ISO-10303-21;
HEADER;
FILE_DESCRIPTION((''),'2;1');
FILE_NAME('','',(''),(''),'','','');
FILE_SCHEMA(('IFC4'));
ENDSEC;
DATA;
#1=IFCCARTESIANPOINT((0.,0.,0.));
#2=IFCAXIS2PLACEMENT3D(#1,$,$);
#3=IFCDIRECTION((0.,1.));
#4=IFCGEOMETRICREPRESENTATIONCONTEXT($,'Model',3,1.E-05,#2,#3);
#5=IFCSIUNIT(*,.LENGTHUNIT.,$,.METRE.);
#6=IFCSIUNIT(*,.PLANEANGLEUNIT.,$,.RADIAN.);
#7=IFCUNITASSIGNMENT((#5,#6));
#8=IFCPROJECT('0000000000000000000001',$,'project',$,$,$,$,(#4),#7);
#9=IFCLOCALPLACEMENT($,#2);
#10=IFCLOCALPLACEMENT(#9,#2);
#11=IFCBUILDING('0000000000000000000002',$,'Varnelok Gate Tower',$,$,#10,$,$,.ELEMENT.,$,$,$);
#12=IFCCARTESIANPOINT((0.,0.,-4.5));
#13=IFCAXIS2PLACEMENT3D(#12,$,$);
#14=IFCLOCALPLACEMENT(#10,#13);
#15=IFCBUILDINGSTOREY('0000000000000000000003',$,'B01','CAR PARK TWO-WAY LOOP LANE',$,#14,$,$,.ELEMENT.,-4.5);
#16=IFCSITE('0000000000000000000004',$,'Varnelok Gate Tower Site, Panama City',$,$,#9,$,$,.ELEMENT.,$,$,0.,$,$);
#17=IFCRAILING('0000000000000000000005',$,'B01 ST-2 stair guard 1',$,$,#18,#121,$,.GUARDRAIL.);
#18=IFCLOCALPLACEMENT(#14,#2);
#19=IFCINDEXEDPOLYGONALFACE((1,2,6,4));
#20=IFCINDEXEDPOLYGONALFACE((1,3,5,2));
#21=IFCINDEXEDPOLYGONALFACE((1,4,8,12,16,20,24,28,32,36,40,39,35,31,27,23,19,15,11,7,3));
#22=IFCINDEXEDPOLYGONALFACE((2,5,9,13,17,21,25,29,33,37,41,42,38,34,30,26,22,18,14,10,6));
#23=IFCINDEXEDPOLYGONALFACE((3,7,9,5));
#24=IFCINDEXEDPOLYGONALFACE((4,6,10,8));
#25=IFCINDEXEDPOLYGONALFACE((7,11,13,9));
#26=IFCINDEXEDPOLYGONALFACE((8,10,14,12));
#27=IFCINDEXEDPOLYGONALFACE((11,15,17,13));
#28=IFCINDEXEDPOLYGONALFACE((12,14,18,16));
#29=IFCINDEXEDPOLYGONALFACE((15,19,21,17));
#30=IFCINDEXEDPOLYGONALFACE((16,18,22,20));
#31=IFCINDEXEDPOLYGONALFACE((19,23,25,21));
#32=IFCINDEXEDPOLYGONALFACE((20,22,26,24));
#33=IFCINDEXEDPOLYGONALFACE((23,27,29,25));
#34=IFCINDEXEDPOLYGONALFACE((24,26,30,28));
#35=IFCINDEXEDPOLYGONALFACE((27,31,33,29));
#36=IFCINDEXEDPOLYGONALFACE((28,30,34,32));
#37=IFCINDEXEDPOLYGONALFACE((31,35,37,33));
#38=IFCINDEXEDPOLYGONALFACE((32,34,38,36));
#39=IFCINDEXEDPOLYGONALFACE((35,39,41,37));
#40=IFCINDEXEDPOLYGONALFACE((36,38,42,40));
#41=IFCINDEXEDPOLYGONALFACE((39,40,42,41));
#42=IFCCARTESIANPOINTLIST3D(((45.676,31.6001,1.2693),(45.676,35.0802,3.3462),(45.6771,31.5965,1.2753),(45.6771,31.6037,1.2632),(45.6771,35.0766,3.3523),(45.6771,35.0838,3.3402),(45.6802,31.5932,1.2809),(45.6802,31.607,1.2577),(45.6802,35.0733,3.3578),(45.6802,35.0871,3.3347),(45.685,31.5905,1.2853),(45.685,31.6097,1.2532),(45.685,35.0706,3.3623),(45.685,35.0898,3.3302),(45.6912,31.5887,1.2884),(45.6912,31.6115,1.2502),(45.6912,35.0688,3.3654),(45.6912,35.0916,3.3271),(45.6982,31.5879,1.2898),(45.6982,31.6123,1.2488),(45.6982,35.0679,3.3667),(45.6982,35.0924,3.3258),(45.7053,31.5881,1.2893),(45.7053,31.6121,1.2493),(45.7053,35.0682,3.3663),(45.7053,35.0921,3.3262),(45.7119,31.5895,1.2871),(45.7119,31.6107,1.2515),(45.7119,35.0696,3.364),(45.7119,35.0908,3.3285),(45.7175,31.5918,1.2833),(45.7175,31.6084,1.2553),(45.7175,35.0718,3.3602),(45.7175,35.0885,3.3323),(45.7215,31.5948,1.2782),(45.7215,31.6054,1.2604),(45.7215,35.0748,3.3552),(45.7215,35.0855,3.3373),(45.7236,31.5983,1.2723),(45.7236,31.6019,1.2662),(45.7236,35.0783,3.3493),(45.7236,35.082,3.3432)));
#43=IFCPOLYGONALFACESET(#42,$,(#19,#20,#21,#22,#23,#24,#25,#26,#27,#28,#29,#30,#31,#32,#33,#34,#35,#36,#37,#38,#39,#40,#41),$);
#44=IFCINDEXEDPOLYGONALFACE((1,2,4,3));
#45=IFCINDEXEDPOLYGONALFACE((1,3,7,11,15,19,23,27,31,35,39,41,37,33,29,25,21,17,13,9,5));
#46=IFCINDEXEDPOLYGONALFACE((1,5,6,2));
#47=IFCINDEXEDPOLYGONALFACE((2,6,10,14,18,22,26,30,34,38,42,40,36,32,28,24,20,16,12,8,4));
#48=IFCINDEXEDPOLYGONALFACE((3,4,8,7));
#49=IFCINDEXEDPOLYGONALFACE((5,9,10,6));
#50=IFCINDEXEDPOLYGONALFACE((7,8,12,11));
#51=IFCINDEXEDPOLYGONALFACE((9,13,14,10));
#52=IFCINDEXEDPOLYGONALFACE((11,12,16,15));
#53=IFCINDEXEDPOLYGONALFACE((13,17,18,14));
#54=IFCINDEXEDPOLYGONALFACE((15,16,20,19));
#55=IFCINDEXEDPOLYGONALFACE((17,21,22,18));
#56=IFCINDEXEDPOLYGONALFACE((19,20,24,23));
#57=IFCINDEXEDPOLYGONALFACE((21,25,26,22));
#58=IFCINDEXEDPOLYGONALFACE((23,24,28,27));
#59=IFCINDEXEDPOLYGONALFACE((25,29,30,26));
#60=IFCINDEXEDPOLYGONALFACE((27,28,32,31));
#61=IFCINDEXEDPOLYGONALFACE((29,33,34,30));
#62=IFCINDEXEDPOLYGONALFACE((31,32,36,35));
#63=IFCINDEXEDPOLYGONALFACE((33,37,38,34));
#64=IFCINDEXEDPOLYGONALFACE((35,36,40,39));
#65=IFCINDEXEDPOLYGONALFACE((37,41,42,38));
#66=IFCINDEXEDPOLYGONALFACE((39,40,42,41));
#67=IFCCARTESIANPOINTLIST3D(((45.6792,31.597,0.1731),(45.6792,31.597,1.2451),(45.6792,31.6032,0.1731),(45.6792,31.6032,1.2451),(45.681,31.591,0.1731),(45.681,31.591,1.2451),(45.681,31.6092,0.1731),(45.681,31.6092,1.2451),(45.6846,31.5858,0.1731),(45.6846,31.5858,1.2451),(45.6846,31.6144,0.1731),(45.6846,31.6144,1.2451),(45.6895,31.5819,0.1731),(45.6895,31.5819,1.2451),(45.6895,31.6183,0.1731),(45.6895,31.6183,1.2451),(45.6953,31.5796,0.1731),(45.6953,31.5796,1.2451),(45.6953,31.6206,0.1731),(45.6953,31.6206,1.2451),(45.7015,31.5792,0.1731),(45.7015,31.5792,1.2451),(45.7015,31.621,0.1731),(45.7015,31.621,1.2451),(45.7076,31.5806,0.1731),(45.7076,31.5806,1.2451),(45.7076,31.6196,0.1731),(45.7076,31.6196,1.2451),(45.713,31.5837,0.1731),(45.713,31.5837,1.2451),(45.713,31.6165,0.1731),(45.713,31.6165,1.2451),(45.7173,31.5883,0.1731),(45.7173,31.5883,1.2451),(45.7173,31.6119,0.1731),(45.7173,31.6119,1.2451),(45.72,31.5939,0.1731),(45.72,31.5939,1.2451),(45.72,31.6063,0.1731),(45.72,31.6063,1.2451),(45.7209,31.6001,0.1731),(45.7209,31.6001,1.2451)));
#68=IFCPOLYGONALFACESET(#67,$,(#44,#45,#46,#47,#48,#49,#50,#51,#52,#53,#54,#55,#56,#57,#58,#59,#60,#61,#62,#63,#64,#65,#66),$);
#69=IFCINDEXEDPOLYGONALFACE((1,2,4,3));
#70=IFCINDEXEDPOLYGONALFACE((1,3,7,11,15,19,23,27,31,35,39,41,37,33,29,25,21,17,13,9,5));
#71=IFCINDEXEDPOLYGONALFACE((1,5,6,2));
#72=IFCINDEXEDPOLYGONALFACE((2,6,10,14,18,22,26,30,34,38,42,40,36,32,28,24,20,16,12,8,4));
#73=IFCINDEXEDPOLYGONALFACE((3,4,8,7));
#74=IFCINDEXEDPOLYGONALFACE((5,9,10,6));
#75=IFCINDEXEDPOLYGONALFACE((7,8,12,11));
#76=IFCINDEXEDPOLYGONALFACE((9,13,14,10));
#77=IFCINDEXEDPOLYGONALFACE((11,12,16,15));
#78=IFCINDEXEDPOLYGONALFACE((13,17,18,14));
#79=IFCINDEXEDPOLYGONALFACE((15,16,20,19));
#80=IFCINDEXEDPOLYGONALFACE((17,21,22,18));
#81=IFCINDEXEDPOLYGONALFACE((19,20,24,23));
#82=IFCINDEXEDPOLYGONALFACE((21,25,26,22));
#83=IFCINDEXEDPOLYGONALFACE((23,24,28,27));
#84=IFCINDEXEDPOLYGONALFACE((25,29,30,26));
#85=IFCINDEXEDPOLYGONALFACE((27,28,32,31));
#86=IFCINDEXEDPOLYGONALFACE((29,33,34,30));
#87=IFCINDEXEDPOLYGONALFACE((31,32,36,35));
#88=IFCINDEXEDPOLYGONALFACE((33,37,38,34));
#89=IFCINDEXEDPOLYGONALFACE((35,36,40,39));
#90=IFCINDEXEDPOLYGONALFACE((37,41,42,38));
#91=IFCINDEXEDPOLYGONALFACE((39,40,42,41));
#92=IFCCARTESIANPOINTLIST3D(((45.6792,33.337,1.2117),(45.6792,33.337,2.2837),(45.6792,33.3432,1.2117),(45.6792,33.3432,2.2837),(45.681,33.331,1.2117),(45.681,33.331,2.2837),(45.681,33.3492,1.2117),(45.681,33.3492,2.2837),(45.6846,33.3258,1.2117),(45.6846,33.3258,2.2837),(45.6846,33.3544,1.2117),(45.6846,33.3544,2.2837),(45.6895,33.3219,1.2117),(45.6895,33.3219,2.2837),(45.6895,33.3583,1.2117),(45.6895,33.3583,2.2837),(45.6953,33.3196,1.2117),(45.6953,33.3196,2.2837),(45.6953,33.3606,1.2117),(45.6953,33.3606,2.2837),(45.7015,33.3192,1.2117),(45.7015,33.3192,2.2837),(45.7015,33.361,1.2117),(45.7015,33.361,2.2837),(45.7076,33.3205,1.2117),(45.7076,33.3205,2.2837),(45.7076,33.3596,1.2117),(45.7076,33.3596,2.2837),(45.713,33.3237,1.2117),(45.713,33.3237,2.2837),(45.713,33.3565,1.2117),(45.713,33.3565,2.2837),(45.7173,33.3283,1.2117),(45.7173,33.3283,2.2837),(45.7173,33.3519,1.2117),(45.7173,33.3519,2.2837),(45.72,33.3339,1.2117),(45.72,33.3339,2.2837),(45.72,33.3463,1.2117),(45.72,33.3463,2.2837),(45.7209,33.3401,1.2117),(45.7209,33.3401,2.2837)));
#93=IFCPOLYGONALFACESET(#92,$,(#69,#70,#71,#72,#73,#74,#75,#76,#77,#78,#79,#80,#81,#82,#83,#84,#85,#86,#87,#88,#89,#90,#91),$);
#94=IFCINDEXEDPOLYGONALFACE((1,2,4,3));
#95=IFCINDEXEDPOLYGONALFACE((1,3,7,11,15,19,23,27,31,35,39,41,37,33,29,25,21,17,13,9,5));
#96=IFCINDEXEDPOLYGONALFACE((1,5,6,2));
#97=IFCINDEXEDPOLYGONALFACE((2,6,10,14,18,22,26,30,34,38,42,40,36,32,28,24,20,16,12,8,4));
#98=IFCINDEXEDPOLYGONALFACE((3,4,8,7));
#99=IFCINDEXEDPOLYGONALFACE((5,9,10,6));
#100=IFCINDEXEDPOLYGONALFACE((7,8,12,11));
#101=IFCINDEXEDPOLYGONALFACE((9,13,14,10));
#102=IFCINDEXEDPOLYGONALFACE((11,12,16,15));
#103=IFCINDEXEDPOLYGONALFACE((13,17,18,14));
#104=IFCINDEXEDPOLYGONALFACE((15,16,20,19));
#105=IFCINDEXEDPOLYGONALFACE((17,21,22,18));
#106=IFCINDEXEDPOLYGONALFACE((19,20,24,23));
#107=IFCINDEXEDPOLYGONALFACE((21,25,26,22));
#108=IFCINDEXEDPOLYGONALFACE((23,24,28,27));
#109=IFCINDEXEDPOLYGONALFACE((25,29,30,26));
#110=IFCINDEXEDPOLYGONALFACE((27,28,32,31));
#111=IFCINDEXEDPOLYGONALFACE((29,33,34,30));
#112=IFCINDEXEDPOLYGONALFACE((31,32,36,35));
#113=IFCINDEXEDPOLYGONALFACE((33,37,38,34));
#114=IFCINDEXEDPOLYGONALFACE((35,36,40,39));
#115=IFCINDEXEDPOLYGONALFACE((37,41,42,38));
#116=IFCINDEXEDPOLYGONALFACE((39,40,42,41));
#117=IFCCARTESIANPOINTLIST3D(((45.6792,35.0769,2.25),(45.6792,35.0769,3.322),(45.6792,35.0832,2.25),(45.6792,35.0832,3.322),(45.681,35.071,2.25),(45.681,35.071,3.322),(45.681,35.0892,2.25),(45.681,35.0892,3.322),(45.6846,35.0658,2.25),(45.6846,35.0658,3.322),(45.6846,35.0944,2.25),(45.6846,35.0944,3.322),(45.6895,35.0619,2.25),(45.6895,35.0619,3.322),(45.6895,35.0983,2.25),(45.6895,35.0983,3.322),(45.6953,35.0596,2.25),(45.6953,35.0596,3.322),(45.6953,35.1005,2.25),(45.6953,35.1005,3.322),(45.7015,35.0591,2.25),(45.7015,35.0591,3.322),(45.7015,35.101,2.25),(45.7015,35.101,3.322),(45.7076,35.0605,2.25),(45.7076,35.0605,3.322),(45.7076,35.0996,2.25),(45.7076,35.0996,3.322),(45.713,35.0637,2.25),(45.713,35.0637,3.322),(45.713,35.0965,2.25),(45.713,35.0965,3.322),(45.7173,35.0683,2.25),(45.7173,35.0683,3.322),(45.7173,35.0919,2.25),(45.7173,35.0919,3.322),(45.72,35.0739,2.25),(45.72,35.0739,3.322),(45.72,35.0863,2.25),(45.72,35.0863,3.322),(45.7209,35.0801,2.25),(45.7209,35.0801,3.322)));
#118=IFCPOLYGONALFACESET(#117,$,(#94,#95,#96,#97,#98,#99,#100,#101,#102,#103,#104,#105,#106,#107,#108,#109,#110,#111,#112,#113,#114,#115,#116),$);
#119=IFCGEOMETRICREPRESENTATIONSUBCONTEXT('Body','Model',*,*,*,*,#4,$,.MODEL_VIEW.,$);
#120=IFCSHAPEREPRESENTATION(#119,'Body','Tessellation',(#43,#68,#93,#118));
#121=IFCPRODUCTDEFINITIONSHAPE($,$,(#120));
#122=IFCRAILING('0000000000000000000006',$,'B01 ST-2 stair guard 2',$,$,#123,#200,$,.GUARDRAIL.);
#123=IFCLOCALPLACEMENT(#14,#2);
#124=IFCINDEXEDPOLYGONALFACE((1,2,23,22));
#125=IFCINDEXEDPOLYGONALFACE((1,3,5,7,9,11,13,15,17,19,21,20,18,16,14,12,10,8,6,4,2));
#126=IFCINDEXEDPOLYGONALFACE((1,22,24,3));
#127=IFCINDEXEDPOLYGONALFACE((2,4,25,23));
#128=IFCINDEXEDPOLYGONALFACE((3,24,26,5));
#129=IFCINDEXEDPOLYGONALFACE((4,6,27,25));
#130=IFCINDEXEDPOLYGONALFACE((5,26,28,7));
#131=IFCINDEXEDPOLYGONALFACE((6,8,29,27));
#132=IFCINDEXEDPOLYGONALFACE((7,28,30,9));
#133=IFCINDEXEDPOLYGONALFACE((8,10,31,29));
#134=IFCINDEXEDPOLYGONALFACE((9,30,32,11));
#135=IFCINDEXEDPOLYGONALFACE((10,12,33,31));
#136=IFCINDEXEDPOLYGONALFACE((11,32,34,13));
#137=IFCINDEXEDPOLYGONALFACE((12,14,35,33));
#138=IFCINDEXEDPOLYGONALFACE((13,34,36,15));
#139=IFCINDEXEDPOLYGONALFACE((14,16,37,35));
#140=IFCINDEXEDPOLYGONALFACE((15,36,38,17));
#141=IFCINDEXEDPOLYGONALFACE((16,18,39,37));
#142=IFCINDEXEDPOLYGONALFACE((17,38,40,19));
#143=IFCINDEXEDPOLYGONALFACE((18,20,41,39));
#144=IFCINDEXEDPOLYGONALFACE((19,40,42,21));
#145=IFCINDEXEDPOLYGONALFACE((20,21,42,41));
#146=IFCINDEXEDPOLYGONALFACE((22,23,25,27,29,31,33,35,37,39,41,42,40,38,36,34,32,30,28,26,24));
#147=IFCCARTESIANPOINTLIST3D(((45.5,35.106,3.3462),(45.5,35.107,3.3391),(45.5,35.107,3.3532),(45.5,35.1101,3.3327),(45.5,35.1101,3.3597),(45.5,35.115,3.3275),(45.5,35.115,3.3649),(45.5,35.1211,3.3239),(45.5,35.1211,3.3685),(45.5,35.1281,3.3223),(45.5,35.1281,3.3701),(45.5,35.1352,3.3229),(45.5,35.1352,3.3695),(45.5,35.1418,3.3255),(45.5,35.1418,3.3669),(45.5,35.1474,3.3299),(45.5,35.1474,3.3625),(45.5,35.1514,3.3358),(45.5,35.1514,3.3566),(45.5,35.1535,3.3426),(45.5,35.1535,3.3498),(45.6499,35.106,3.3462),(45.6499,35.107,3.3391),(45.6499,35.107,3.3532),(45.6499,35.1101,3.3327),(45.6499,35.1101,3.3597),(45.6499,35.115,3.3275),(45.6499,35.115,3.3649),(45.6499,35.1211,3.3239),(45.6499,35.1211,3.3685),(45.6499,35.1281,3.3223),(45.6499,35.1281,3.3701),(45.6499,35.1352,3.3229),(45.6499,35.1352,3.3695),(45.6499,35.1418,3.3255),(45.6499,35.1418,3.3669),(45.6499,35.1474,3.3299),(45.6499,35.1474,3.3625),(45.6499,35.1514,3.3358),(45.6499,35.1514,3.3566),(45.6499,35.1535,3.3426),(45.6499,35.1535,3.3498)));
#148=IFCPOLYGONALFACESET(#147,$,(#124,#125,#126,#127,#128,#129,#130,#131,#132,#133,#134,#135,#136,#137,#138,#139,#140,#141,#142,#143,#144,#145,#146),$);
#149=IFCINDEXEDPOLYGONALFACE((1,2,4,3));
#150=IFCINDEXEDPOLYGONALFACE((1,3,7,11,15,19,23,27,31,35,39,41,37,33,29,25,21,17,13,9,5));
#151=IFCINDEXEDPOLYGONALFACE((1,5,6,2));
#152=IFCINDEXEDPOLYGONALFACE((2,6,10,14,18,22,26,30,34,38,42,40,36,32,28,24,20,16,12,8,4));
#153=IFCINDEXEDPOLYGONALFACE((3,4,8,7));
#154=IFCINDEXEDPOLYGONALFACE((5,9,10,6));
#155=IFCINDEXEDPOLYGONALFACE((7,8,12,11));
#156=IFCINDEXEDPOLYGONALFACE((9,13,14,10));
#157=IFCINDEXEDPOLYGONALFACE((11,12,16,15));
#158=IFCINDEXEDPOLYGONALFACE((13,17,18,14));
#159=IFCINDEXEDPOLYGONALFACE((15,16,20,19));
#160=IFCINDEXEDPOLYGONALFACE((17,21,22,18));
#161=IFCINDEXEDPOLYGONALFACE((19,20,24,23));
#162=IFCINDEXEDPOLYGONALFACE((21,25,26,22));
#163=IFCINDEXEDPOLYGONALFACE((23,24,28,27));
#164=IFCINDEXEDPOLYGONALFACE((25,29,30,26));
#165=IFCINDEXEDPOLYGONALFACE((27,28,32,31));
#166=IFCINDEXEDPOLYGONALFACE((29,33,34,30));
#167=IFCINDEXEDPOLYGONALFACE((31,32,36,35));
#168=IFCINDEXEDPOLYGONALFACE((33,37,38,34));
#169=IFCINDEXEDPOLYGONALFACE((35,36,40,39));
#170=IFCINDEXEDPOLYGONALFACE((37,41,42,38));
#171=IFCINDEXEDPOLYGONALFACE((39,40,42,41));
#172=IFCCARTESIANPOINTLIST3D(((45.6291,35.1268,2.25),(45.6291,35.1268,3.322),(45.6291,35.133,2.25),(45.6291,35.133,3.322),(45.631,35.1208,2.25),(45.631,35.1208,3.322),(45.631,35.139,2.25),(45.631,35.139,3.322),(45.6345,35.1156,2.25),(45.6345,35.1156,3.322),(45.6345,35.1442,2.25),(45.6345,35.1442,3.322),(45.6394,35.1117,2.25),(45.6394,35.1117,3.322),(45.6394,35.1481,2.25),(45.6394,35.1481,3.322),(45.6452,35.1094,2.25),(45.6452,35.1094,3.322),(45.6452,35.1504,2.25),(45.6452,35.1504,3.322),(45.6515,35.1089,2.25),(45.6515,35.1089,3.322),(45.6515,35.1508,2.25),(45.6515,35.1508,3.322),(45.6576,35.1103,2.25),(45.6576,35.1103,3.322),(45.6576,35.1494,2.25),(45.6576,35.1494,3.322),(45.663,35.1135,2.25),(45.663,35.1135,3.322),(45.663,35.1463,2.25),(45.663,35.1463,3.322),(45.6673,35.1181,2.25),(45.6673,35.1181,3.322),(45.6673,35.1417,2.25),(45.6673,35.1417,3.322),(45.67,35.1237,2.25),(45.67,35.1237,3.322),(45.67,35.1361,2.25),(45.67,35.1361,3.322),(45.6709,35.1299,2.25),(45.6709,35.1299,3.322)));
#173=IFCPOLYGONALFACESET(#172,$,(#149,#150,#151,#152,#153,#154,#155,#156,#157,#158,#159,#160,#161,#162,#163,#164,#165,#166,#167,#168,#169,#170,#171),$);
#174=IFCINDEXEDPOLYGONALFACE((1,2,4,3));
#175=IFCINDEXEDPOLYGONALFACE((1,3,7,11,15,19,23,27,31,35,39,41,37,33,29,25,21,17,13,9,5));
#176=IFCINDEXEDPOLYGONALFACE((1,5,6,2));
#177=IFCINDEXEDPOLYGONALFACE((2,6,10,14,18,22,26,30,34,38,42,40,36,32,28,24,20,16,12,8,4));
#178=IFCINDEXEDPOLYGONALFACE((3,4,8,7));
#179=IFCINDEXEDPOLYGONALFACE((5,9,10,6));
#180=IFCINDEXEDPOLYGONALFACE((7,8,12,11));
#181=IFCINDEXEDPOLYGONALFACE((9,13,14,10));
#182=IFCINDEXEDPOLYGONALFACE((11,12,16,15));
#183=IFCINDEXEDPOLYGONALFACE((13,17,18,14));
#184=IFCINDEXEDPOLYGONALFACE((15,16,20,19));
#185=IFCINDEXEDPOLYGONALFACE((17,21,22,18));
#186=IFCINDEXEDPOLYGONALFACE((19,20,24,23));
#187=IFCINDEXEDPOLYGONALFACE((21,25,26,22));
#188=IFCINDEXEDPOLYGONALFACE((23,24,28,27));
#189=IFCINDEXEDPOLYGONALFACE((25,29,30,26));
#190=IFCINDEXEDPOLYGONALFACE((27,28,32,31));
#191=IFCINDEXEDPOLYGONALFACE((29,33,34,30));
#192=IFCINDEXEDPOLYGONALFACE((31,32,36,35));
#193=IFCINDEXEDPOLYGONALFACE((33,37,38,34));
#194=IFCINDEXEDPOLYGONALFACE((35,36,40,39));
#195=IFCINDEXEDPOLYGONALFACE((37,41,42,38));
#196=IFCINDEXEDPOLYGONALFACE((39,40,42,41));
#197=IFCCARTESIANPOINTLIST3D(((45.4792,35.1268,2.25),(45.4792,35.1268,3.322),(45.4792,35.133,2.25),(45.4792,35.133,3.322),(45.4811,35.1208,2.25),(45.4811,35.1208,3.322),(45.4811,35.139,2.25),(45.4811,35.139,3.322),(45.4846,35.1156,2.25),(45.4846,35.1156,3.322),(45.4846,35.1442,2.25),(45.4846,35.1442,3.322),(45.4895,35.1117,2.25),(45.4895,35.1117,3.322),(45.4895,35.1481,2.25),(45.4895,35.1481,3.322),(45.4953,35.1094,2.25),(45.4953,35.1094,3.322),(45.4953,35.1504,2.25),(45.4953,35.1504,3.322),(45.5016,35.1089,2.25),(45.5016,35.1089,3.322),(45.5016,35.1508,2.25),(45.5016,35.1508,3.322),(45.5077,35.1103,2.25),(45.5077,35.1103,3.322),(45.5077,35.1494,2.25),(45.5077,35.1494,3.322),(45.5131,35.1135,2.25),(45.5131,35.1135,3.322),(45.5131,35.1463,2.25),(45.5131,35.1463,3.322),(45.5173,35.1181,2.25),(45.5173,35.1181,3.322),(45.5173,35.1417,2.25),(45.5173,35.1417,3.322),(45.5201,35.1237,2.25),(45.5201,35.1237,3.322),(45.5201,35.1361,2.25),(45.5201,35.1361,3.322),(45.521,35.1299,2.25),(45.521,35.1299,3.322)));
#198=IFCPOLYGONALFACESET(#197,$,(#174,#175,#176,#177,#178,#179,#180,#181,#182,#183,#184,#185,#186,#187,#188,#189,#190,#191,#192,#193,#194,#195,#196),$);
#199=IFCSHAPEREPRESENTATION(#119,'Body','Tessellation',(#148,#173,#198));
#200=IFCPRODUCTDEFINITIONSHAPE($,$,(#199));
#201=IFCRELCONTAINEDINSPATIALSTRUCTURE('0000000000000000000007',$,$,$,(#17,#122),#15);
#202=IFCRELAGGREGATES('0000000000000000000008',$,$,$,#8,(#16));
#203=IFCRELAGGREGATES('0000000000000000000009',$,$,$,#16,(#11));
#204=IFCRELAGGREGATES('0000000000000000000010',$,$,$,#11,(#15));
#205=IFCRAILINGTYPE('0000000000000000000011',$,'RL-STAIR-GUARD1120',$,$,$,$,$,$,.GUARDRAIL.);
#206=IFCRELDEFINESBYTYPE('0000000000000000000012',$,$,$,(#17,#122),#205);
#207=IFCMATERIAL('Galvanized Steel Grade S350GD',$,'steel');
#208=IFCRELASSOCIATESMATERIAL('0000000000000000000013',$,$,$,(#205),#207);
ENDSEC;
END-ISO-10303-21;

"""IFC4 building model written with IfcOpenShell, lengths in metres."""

from ifc_helpers import new_model, si_unit, direction, frame, origin, origin_2d, place, context, subcontext, project, spatial, circle, extrude, material, type_object, element, save


model = new_model("IFC4")

# Units and contexts
model_context = context("Model", 3, precision=1e-05, world=origin(), true_north=direction((0.0, 1.0)))
body_context = subcontext(model_context, "Body", "Model", "MODEL_VIEW")
ifc_project = project(units=[si_unit("LENGTHUNIT", "METRE"), si_unit("PLANEANGLEUNIT", "RADIAN")], contexts=[model_context])

# Site, building, storey
site_placement = place(None, origin())
site = spatial("IfcSite", under=ifc_project, at=site_placement, Name="Varnelok Gate Tower Site, Panama City", CompositionType="ELEMENT", RefElevation=0.0)
building_placement = place(site_placement, origin())
building = spatial("IfcBuilding", under=site, at=building_placement, Name="Varnelok Gate Tower", CompositionType="ELEMENT")
storey_placement = place(building_placement, frame((0.0, 0.0, -4.5)))
storey = spatial("IfcBuildingStorey", under=building, at=storey_placement, Name="B01", Description="CAR PARK TWO-WAY LOOP LANE", CompositionType="ELEMENT", Elevation=-4.5)

# Shared definitions
ifc_material_1 = material(Name="Galvanized Steel Grade S350GD", Category="steel")

# Railings
railing_type_1 = type_object("IfcRailingType", Name="RL-STAIR-GUARD1120", PredefinedType="GUARDRAIL", material=ifc_material_1)
railing_1_placement = place(storey_placement, frame((45.7, 31.6001, 0.1731)))
element("IfcRailing", 1, at=railing_1_placement, inside=storey, type_object=railing_type_1, Name="B01 ST-2 stair guard 1", PredefinedType="GUARDRAIL", context=body_context, shape_type="SweptSolid", body=[
    extrude(circle(Radius=0.0239, at=origin_2d()), frame((0.0, 0.0, 1.0962), z_axis=(0.0, 0.858697, 0.512483), x_axis=(-1.0, 0.0, 0.0)), (0.0, 0.0, 1.0), 4.0527),
    extrude(circle(Radius=0.021, at=origin_2d()), origin(), (0.0, 0.0, 1.0), 1.072),
    extrude(circle(Radius=0.021, at=origin_2d()), frame((0.0, 1.74, 1.0386)), (0.0, 0.0, 1.0), 1.072),
    extrude(circle(Radius=0.021, at=origin_2d()), frame((0.0, 3.48, 2.0769)), (0.0, 0.0, 1.0), 1.072),
])
railing_2_placement = place(storey_placement, frame((45.6499, 35.1299, 2.25)))
element("IfcRailing", 2, at=railing_2_placement, inside=storey, type_object=railing_type_1, Name="B01 ST-2 stair guard 2", PredefinedType="GUARDRAIL", context=body_context, shape_type="SweptSolid", body=[
    extrude(circle(Radius=0.0239, at=origin_2d()), frame((0.0, 0.0, 1.0962), z_axis=(-1.0, 0.0, 0.0), x_axis=(0.0, -1.0, 0.0)), (0.0, 0.0, 1.0), 0.1499),
    extrude(circle(Radius=0.021, at=origin_2d()), origin(), (0.0, 0.0, 1.0), 1.072),
    extrude(circle(Radius=0.021, at=origin_2d()), frame((-0.1499, 0.0, 0.0)), (0.0, 0.0, 1.0), 1.072),
])

save(model, "model.ifc")
